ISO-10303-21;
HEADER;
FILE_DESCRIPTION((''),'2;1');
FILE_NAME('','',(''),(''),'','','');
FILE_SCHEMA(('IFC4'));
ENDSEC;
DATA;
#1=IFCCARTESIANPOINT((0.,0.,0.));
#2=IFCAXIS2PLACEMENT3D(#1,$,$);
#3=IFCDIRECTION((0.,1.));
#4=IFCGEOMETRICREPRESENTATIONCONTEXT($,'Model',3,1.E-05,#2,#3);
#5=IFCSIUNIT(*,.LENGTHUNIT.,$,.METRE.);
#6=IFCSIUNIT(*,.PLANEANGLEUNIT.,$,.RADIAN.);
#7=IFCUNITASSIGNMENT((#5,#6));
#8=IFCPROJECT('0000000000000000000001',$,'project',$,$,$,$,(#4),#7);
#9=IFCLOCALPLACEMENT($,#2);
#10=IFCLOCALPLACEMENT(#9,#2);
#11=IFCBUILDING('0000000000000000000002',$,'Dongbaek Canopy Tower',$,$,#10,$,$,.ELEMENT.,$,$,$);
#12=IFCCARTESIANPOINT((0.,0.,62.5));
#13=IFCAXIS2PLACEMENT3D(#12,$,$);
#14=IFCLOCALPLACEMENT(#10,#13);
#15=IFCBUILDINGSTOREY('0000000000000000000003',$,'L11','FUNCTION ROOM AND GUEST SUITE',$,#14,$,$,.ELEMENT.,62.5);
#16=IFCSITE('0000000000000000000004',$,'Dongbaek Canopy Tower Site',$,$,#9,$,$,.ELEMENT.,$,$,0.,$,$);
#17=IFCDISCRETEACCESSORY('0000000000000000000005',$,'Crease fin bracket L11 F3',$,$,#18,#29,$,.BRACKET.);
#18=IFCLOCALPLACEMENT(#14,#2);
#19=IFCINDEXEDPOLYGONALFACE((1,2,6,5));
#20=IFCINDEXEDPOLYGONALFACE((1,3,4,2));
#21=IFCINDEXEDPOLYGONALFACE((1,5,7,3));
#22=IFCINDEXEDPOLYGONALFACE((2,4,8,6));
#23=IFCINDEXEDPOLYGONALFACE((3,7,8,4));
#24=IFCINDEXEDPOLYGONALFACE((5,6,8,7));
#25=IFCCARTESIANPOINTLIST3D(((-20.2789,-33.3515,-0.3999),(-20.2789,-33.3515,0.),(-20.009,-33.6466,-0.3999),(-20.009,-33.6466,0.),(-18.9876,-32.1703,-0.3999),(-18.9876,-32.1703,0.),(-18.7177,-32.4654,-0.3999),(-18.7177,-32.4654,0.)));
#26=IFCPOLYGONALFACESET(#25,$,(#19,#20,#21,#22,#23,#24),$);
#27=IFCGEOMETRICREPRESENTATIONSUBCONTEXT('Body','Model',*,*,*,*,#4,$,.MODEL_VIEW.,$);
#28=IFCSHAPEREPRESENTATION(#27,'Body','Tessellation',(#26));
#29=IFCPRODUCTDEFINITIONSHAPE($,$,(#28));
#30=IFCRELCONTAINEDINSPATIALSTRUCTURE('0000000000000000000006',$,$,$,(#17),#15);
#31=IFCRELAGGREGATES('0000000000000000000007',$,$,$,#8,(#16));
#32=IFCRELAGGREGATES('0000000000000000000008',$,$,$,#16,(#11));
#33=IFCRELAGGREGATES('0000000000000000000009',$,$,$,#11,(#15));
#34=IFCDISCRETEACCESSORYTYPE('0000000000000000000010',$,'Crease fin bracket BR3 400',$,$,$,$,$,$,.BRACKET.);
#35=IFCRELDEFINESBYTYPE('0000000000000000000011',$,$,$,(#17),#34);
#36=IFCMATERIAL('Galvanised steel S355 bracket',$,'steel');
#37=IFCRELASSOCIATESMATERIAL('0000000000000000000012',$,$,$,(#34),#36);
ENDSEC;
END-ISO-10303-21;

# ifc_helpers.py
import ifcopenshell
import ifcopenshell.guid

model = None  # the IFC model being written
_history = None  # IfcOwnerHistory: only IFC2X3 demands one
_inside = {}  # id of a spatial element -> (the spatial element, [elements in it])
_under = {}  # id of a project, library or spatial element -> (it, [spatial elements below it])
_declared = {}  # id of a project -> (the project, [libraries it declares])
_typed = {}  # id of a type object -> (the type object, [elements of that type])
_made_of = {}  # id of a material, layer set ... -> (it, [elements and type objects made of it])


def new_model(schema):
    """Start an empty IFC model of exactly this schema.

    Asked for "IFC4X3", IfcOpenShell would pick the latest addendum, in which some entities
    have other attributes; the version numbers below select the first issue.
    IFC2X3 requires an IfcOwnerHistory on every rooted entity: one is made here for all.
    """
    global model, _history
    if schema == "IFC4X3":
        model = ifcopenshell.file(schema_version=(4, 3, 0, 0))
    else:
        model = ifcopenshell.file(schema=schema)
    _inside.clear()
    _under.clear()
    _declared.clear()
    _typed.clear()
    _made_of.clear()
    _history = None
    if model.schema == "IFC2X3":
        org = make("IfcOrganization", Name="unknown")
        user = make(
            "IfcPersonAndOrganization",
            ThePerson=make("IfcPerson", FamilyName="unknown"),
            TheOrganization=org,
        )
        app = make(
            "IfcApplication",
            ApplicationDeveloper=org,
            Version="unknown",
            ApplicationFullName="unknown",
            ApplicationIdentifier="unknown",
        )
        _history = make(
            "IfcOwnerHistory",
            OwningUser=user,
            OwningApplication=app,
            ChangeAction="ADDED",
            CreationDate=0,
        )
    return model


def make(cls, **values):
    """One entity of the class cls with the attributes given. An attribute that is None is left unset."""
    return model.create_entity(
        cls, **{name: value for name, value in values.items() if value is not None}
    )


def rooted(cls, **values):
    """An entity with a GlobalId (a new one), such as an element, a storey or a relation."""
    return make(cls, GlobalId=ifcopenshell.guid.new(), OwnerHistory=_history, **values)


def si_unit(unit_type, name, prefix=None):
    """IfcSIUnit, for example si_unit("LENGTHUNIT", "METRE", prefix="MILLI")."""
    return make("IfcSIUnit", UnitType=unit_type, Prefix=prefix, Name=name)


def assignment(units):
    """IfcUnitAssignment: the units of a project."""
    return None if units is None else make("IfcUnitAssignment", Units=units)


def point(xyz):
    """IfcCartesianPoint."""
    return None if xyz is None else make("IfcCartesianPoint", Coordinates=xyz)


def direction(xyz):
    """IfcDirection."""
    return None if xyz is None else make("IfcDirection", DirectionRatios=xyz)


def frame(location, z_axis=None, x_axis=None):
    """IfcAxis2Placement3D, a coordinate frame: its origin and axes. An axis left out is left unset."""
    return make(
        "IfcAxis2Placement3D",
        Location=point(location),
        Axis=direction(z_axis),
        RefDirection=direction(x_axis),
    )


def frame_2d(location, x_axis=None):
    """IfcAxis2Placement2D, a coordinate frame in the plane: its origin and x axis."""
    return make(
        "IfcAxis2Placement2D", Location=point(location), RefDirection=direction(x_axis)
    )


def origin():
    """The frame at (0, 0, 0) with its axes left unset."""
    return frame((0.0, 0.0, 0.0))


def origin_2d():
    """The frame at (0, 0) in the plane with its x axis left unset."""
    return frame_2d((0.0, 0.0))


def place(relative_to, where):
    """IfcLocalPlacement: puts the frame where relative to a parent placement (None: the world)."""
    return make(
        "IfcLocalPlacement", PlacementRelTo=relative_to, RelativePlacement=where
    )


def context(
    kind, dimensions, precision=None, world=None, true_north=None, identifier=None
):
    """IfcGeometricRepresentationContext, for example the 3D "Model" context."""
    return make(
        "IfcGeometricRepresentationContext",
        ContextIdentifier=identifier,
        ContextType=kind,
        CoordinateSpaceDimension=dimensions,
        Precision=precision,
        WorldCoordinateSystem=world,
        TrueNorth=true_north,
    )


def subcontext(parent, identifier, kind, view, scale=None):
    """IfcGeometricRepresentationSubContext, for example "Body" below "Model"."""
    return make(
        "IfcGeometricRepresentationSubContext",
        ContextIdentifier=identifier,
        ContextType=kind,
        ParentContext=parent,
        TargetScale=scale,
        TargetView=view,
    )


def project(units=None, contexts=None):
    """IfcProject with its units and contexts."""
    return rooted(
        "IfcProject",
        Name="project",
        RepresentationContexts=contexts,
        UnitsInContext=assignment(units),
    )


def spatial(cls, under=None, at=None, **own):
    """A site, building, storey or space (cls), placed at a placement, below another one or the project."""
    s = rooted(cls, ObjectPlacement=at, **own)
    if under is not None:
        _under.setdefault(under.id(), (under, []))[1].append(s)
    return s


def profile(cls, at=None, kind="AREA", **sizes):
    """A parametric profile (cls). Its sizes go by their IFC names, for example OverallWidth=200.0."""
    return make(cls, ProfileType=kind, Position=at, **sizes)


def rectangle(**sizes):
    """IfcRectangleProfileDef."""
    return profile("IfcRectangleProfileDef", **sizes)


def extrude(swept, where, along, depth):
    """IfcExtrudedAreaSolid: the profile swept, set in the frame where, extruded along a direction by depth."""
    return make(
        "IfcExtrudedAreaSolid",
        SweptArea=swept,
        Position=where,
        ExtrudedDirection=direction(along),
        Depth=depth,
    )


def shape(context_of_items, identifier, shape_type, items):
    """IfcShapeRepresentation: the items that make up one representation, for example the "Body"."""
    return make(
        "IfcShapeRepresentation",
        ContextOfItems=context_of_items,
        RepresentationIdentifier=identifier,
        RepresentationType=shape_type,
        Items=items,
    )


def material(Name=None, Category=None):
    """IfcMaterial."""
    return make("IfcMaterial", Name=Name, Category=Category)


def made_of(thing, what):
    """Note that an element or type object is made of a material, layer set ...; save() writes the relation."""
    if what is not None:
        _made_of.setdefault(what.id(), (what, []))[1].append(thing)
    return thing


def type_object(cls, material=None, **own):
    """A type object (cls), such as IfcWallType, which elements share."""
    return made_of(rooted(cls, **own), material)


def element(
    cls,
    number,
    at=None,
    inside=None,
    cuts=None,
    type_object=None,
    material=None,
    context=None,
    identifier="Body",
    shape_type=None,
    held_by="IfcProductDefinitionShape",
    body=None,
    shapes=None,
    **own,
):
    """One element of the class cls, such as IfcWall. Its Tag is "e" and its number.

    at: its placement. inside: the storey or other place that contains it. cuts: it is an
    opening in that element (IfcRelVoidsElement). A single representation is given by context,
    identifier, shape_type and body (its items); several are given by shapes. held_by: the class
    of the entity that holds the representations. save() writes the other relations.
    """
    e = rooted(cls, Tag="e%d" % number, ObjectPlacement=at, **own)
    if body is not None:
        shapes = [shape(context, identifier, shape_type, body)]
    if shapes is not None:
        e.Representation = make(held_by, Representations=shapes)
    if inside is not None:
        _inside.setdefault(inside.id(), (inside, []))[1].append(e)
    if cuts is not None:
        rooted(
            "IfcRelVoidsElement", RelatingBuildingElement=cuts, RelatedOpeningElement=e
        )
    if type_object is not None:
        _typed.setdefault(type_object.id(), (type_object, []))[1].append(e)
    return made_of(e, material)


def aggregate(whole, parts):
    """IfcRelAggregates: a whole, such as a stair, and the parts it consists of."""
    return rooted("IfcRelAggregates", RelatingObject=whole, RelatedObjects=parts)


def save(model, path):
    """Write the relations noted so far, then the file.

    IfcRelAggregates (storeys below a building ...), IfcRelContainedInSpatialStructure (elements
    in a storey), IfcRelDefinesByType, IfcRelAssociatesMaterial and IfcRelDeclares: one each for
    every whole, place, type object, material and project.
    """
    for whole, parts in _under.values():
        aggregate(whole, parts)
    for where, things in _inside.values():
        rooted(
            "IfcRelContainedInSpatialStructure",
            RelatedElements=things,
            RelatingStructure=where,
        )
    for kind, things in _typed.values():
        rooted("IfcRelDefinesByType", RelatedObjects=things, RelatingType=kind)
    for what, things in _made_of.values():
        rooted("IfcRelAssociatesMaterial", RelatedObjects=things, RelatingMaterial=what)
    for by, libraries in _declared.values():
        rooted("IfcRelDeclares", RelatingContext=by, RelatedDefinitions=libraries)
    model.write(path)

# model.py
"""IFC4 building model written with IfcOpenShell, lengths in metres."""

from ifc_helpers import new_model, si_unit, direction, frame, origin, origin_2d, place, context, subcontext, project, spatial, rectangle, extrude, material, type_object, element, save


model = new_model("IFC4")

# Units and contexts
model_context = context("Model", 3, precision=1e-05, world=origin(), true_north=direction((0.0, 1.0)))
body_context = subcontext(model_context, "Body", "Model", "MODEL_VIEW")
ifc_project = project(units=[si_unit("LENGTHUNIT", "METRE"), si_unit("PLANEANGLEUNIT", "RADIAN")], contexts=[model_context])

# Site, building, storey
site_placement = place(None, origin())
site = spatial("IfcSite", under=ifc_project, at=site_placement, Name="Dongbaek Canopy Tower Site", CompositionType="ELEMENT", RefElevation=0.0)
building_placement = place(site_placement, origin())
building = spatial("IfcBuilding", under=site, at=building_placement, Name="Dongbaek Canopy Tower", CompositionType="ELEMENT")
storey_placement = place(building_placement, frame((0.0, 0.0, 62.5)))
storey = spatial("IfcBuildingStorey", under=building, at=storey_placement, Name="L11", Description="FUNCTION ROOM AND GUEST SUITE", CompositionType="ELEMENT", Elevation=62.5)

# Discrete accessory
ifc_material_1 = material(Name="Galvanised steel S355 bracket", Category="steel")
discrete_accessory_type = type_object("IfcDiscreteAccessoryType", Name="Crease fin bracket BR3 400", PredefinedType="BRACKET", material=ifc_material_1)
discrete_accessory_placement = place(storey_placement, frame((-19.4983, -32.9084, -0.3999), z_axis=(0.0, 0.0, 1.0), x_axis=(-0.737855, -0.674959, 0.0)))
element("IfcDiscreteAccessory", 1, at=discrete_accessory_placement, inside=storey, type_object=discrete_accessory_type, Name="Crease fin bracket L11 F3", PredefinedType="BRACKET", context=body_context, shape_type="SweptSolid", body=[
    extrude(rectangle(XDim=1.75, YDim=0.3999, at=origin_2d()), origin(), (0.0, 0.0, 1.0), 0.3999),
])

save(model, "model.ifc")
